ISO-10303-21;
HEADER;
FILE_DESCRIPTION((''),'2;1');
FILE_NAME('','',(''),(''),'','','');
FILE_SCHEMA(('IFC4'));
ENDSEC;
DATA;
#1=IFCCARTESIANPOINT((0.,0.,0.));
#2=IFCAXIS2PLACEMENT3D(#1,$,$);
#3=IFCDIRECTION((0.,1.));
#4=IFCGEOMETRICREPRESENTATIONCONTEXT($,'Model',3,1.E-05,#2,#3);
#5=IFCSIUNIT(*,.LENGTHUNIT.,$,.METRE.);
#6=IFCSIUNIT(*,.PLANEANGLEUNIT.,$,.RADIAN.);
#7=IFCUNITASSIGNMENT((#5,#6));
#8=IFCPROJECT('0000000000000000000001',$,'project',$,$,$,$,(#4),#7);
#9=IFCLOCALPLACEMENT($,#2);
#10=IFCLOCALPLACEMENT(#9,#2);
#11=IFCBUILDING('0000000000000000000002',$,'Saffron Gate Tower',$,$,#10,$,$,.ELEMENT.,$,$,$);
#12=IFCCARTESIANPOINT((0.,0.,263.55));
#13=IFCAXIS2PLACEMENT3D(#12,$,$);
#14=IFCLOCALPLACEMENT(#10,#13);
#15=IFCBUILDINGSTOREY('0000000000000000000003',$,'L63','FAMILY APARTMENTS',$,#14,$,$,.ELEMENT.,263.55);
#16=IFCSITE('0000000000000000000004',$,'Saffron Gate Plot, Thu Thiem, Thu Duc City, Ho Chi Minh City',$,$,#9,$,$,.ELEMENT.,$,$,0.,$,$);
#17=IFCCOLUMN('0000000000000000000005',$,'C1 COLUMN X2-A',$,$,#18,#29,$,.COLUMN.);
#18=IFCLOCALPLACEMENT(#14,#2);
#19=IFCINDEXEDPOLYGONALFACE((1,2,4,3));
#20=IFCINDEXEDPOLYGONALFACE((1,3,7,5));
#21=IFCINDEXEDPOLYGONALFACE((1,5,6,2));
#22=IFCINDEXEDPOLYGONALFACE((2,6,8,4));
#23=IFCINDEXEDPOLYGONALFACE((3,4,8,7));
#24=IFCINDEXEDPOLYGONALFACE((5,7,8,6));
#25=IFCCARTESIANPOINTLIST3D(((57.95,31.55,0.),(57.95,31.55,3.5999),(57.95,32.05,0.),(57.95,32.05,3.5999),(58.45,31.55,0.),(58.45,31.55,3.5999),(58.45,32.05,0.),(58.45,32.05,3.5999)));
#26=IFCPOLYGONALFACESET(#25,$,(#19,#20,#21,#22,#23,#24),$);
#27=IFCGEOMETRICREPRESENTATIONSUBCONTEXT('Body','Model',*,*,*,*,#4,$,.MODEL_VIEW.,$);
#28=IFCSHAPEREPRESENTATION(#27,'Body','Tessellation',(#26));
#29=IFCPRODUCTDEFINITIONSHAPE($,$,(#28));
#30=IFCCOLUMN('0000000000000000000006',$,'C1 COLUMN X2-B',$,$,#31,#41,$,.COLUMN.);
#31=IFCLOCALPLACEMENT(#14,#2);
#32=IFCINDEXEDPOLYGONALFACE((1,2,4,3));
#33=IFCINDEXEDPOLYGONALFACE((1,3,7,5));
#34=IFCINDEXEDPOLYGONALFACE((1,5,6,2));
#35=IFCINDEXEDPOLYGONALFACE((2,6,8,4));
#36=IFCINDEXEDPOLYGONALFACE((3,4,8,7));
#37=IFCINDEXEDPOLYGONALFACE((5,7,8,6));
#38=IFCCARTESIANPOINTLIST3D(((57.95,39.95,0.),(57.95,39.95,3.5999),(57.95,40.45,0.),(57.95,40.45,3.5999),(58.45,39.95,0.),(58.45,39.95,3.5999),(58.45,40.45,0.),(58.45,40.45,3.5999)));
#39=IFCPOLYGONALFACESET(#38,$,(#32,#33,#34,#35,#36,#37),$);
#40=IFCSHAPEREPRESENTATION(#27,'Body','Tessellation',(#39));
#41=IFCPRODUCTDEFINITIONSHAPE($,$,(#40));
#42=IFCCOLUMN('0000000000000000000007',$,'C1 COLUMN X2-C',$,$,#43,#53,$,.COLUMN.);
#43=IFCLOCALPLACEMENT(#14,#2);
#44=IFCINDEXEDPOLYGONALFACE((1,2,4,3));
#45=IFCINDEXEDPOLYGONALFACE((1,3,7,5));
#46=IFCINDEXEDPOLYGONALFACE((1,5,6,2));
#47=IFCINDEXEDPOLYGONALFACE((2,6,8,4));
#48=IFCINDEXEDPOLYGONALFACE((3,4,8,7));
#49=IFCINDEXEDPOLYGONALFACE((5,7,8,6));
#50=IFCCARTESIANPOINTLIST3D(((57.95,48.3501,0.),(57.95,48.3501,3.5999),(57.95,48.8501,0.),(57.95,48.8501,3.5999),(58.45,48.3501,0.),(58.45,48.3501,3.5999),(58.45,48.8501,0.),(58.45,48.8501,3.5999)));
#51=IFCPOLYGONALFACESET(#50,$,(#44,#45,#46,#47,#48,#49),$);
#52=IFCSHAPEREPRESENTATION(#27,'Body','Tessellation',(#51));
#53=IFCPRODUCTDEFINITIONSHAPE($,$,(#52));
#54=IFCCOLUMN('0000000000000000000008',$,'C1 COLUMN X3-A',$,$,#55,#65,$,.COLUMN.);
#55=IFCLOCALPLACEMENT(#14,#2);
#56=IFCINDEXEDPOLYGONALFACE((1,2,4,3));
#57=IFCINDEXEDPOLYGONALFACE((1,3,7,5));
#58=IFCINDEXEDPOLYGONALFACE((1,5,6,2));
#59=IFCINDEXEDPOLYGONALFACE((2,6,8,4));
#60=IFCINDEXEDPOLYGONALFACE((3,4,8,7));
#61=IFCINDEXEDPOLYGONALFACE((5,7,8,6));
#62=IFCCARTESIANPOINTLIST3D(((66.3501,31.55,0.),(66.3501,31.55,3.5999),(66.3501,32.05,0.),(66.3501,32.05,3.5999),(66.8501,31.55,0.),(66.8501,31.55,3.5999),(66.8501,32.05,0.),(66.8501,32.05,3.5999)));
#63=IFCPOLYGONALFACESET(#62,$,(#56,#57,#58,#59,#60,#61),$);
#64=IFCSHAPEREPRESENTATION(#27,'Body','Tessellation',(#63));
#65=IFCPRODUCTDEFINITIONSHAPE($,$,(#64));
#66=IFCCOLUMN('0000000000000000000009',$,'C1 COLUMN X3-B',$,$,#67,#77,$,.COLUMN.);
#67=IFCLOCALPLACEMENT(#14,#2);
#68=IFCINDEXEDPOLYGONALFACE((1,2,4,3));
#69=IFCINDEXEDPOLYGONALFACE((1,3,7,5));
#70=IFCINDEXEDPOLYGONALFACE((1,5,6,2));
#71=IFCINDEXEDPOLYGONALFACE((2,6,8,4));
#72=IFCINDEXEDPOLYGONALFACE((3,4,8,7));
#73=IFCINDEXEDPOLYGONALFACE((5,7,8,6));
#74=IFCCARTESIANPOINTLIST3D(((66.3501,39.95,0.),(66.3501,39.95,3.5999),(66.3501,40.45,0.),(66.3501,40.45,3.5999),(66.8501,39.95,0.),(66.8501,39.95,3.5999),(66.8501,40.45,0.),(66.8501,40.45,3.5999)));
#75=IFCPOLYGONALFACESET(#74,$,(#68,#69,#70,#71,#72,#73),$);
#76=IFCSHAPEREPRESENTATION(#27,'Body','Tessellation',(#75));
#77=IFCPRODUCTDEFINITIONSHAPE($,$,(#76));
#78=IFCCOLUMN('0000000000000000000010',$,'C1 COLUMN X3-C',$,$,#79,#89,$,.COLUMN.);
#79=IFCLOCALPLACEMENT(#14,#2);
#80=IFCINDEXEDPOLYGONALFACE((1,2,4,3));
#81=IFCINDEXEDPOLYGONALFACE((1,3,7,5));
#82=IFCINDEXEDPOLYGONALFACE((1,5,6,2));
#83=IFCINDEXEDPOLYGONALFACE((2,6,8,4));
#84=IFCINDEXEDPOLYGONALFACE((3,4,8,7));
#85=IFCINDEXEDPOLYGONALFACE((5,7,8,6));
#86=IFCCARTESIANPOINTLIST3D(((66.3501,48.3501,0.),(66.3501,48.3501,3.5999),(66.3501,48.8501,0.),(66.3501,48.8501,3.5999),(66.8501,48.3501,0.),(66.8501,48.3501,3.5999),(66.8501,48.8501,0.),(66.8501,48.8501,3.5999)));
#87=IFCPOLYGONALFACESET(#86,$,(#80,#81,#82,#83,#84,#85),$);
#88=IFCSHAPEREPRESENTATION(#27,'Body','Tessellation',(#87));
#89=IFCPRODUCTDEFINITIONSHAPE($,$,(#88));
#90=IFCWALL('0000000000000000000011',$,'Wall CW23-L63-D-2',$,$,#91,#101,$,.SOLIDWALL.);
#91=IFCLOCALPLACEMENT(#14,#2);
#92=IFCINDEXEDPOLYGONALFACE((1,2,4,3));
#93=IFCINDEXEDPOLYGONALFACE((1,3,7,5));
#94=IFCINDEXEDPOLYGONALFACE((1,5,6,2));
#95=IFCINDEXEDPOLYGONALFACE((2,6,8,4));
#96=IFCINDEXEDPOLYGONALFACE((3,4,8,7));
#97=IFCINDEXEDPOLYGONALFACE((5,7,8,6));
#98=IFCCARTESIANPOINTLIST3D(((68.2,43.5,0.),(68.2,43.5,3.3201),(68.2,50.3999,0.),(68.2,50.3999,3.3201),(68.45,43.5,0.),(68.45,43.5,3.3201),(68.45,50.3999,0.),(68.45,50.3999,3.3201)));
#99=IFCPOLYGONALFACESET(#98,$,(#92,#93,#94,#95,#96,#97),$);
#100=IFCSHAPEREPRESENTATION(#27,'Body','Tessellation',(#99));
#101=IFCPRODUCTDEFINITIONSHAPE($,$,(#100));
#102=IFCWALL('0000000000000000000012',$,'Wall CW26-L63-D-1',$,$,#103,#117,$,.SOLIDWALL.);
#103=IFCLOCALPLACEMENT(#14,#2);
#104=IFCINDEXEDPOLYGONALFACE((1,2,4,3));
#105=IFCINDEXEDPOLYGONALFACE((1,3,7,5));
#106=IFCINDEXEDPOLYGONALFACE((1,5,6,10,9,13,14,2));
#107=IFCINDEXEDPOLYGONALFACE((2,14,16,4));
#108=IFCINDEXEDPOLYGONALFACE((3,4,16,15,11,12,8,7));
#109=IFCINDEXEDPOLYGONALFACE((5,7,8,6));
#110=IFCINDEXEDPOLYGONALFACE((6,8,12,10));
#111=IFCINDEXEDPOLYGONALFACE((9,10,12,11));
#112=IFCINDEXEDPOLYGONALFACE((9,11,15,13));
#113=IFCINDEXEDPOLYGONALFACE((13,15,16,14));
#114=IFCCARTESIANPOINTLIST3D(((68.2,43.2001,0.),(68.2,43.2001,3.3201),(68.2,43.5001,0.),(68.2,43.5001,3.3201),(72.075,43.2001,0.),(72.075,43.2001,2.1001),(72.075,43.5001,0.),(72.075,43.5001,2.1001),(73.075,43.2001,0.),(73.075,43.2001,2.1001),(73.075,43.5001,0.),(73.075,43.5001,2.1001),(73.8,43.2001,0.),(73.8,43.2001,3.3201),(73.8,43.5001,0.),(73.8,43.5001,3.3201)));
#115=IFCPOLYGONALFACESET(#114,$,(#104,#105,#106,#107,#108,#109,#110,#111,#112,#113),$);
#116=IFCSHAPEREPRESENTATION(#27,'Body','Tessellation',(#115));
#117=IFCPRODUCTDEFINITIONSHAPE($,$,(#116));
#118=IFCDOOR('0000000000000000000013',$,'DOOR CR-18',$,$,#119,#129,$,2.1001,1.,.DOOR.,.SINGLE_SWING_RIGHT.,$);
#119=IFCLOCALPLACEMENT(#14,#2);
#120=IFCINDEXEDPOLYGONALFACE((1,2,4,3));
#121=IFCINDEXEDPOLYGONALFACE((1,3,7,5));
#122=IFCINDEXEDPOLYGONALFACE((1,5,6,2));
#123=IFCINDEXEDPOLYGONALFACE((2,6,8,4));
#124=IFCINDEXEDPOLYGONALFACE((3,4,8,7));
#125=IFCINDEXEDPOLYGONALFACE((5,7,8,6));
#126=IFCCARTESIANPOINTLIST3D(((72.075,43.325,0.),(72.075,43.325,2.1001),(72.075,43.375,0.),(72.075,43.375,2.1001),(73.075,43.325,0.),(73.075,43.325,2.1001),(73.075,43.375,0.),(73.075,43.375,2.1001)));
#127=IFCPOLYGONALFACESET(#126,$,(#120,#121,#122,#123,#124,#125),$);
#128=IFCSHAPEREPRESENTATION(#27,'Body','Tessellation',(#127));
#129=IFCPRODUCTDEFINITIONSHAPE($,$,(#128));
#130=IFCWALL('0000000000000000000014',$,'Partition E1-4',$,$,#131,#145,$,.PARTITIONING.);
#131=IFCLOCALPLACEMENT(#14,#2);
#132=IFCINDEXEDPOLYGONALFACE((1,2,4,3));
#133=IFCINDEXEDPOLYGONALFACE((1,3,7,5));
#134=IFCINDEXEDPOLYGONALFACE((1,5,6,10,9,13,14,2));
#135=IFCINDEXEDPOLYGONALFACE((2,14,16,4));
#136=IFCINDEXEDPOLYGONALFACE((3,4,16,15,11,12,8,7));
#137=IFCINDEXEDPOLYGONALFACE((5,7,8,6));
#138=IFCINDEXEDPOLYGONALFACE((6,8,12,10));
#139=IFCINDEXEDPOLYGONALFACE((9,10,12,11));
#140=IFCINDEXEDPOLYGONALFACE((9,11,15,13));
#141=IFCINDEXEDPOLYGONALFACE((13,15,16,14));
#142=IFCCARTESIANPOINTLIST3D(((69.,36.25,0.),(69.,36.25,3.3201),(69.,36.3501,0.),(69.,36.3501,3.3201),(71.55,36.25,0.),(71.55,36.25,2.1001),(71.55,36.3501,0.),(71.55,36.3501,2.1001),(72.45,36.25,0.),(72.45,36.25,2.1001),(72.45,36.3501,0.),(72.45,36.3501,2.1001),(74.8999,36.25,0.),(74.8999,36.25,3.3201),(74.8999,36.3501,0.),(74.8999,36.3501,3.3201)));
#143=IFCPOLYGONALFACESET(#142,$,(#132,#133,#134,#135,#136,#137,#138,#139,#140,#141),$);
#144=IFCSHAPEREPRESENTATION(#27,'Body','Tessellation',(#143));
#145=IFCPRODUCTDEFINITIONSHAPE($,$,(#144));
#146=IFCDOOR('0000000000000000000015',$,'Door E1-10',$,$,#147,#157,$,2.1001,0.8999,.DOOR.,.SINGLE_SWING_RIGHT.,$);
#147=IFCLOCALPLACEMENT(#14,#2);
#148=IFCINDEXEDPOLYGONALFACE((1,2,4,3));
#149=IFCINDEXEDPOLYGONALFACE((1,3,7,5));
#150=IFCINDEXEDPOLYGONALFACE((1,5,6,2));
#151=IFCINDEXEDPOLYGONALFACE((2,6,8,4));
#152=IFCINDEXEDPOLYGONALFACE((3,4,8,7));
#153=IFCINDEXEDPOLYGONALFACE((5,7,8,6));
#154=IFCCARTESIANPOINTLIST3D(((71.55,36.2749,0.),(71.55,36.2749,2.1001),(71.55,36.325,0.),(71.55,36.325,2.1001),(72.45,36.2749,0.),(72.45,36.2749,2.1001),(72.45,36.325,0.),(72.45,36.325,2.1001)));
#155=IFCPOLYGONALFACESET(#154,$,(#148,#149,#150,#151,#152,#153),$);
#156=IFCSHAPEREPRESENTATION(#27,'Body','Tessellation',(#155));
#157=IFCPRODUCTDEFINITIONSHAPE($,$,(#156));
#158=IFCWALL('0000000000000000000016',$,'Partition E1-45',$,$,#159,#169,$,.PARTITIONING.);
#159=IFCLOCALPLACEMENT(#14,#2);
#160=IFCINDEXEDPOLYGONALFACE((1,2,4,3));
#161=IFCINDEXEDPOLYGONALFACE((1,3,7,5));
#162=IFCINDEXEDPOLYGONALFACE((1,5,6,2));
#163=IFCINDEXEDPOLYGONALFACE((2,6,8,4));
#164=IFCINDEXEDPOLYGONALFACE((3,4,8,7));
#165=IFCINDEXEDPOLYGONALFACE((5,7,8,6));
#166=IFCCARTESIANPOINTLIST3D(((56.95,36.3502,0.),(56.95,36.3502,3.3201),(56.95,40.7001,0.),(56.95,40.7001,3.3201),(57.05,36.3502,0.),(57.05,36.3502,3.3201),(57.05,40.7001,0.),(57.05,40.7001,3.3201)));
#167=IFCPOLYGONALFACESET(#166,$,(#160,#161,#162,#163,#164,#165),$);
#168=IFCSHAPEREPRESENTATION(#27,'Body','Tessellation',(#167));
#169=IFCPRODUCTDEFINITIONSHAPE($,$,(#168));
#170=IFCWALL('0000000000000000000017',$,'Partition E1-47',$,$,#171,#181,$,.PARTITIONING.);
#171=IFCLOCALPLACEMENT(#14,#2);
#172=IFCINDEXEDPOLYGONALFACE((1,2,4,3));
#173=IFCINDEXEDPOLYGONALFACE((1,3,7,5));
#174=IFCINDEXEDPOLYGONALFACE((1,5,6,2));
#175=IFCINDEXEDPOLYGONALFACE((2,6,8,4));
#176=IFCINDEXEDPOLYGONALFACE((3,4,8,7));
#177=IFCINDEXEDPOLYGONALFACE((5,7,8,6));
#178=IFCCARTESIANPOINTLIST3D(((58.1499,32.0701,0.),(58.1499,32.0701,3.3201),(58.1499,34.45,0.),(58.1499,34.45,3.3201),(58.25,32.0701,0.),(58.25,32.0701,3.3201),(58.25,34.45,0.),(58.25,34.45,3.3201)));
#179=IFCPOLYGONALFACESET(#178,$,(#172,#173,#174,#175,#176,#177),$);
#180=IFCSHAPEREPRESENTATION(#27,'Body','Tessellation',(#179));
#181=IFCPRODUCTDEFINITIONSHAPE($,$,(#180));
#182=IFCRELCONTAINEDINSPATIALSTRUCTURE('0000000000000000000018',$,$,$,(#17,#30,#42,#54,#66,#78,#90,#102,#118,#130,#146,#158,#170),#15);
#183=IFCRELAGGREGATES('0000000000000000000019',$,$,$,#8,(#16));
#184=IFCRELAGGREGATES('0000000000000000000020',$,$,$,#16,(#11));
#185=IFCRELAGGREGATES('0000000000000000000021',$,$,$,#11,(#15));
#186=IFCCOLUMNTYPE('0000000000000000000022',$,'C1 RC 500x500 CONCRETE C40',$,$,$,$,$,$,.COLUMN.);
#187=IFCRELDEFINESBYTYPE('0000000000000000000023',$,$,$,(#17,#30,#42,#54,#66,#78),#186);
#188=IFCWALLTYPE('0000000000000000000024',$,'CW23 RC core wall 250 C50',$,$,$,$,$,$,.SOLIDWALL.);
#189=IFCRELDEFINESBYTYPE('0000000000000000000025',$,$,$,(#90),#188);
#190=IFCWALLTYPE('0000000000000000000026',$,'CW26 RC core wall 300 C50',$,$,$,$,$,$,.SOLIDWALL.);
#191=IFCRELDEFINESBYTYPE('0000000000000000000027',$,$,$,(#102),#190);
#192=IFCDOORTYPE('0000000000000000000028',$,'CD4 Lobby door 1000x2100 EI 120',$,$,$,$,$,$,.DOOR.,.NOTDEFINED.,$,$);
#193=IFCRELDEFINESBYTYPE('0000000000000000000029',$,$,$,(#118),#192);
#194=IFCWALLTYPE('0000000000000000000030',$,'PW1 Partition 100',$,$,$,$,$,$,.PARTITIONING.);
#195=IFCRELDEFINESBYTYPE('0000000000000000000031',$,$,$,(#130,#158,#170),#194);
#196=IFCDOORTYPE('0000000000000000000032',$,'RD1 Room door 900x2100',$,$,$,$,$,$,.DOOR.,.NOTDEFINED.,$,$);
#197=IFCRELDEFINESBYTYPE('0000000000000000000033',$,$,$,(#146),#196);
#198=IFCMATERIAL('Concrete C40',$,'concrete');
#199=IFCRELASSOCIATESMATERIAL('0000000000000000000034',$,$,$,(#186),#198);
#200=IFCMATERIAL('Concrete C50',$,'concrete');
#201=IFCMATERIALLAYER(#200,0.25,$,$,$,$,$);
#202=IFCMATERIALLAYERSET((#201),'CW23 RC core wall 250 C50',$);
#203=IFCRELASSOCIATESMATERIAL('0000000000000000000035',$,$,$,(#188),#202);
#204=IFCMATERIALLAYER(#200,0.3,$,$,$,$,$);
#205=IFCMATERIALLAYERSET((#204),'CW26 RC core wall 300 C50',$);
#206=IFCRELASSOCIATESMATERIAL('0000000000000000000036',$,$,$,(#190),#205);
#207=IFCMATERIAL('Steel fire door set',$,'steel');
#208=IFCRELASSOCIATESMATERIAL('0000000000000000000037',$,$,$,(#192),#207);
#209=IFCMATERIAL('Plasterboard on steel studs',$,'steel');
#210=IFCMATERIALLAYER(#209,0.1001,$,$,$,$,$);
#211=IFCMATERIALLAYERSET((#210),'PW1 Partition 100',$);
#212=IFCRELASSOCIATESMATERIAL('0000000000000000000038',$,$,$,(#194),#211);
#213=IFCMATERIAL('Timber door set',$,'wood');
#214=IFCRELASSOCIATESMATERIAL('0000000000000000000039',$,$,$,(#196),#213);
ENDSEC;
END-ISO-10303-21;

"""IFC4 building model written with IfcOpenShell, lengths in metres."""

from ifc_helpers import new_model, si_unit, direction, frame, frame_2d, origin, origin_2d, place, context, subcontext, project, spatial, rectangle, extrude, material, layer, layer_set, material_profile, profile_set, type_object, element, fill, save


model = new_model("IFC4")

# Units and contexts
model_context = context("Model", 3, precision=1e-05, world=origin(), true_north=direction((0.0, 1.0)))
body_context = subcontext(model_context, "Body", "Model", "MODEL_VIEW")
ifc_project = project(units=[si_unit("LENGTHUNIT", "METRE"), si_unit("PLANEANGLEUNIT", "RADIAN")], contexts=[model_context])

# Site, building, storey
site_placement = place(None, origin())
site = spatial("IfcSite", under=ifc_project, at=site_placement, Name="Saffron Gate Plot, Thu Thiem, Thu Duc City, Ho Chi Minh City", CompositionType="ELEMENT", RefElevation=0.0)
building_placement = place(site_placement, origin())
building = spatial("IfcBuilding", under=site, at=building_placement, Name="Saffron Gate Tower", CompositionType="ELEMENT")
storey_placement = place(building_placement, frame((0.0, 0.0, 263.55)))
storey = spatial("IfcBuildingStorey", under=building, at=storey_placement, Name="L63", Description="FAMILY APARTMENTS", CompositionType="ELEMENT", Elevation=263.55)

# Columns
ifc_material_1 = material(Name="Concrete C40", Category="concrete")
ifc_material_profile = material_profile(ifc_material_1, rectangle(XDim=0.5, YDim=0.5, at=origin_2d()))
ifc_profile_set = profile_set([ifc_material_profile], Name="Concrete C40")
column_type = type_object("IfcColumnType", Name="C1 RC 500x500 CONCRETE C40", PredefinedType="COLUMN", material=ifc_profile_set)
for number, where, z_axis, x_axis, name in (
    (1, (58.2, 31.8, 0.0), (0.0, 0.0, 1.0), (1.0, 0.0, 0.0), "C1 COLUMN X2-A"),
    (2, (58.2, 40.2, 0.0), (0.0, 0.0, 1.0), (1.0, 0.0, 0.0), "C1 COLUMN X2-B"),
    (3, (58.2, 48.6001, 0.0), (0.0, 0.0, 1.0), (1.0, 0.0, 0.0), "C1 COLUMN X2-C"),
    (4, (66.6001, 31.8, 0.0), (0.0, 0.0, 1.0), (1.0, 0.0, 0.0), "C1 COLUMN X3-A"),
    (5, (66.6001, 40.2, 0.0), (0.0, 0.0, 1.0), (1.0, 0.0, 0.0), "C1 COLUMN X3-B"),
    (6, (66.6001, 48.6001, 0.0), (0.0, 0.0, 1.0), (1.0, 0.0, 0.0), "C1 COLUMN X3-C"),
):
    element("IfcColumn", number, at=place(storey_placement, frame(where, z_axis=z_axis, x_axis=x_axis)), inside=storey, type_object=column_type, Name=name, PredefinedType="COLUMN", context=body_context, shape_type="SweptSolid", body=[
        extrude(rectangle(XDim=0.5, YDim=0.5, at=origin_2d()), origin(), (0.0, 0.0, 1.0), 3.5999),
    ])

# Wall
ifc_material_2 = material(Name="Concrete C50", Category="concrete")
ifc_layer_1 = layer(ifc_material_2, 0.25)
ifc_layer_set_1 = layer_set([ifc_layer_1], Name="CW23 RC core wall 250 C50")
wall_type_1 = type_object("IfcWallType", Name="CW23 RC core wall 250 C50", PredefinedType="SOLIDWALL", material=ifc_layer_set_1)
wall_1_placement = place(storey_placement, frame((68.325, 43.5, 0.0), z_axis=(0.0, 0.0, 1.0), x_axis=(0.0, 1.0, 0.0)))
element("IfcWall", 7, at=wall_1_placement, inside=storey, type_object=wall_type_1, Name="Wall CW23-L63-D-2", PredefinedType="SOLIDWALL", context=body_context, shape_type="SweptSolid", body=[
    extrude(rectangle(XDim=6.8999, YDim=0.25, at=frame_2d((3.45, 0.0))), origin(), (0.0, 0.0, 1.0), 3.3201),
])

# Walls, openings, doors
ifc_layer_2 = layer(ifc_material_2, 0.3)
ifc_layer_set_2 = layer_set([ifc_layer_2], Name="CW26 RC core wall 300 C50")
wall_type_2 = type_object("IfcWallType", Name="CW26 RC core wall 300 C50", PredefinedType="SOLIDWALL", material=ifc_layer_set_2)
wall_2_placement = place(storey_placement, frame((68.2, 43.3501, 0.0), z_axis=(0.0, 0.0, 1.0), x_axis=(1.0, 0.0, 0.0)))
wall_2 = element("IfcWall", 8, at=wall_2_placement, inside=storey, type_object=wall_type_2, Name="Wall CW26-L63-D-1", PredefinedType="SOLIDWALL", context=body_context, shape_type="SweptSolid", body=[
    extrude(rectangle(XDim=5.6001, YDim=0.3, at=frame_2d((2.8, 0.0))), origin(), (0.0, 0.0, 1.0), 3.3201),
])
opening_1_placement = place(wall_2_placement, frame((3.875, 0.0, 0.0)))
opening_1 = element("IfcOpeningElement", 9, at=opening_1_placement, cuts=wall_2, PredefinedType="OPENING", context=body_context, shape_type="SweptSolid", body=[
    extrude(rectangle(XDim=1.0, YDim=2.1001, at=frame_2d((0.5, 1.05))), frame((0.0, 0.1602, 0.0), z_axis=(0.0, -1.0, 0.0), x_axis=(1.0, 0.0, 0.0)), (0.0, 0.0, 1.0), 0.3201),
])
ifc_material_3 = material(Name="Steel fire door set", Category="steel")
door_type_1 = type_object("IfcDoorType", Name="CD4 Lobby door 1000x2100 EI 120", OperationType="NOTDEFINED", PredefinedType="DOOR", material=ifc_material_3)
door_1_placement = place(opening_1_placement, origin())
door_1 = element("IfcDoor", 10, at=door_1_placement, inside=storey, type_object=door_type_1, Name="DOOR CR-18", OperationType="SINGLE_SWING_RIGHT", OverallHeight=2.1001, OverallWidth=1.0, PredefinedType="DOOR", context=body_context, shape_type="SweptSolid", body=[
    extrude(rectangle(XDim=1.0, YDim=2.1001, at=frame_2d((0.5, 1.05))), frame((0.0, 0.0249, 0.0), z_axis=(0.0, -1.0, 0.0), x_axis=(1.0, 0.0, 0.0)), (0.0, 0.0, 1.0), 0.05),
])
fill(opening_1, door_1)
ifc_material_4 = material(Name="Plasterboard on steel studs", Category="steel")
ifc_layer_3 = layer(ifc_material_4, 0.1001)
ifc_layer_set_3 = layer_set([ifc_layer_3], Name="PW1 Partition 100")
wall_type_3 = type_object("IfcWallType", Name="PW1 Partition 100", PredefinedType="PARTITIONING", material=ifc_layer_set_3)
wall_3_placement = place(storey_placement, frame((69.0, 36.3, 0.0), z_axis=(0.0, 0.0, 1.0), x_axis=(1.0, 0.0, 0.0)))
wall_3 = element("IfcWall", 11, at=wall_3_placement, inside=storey, type_object=wall_type_3, Name="Partition E1-4", PredefinedType="PARTITIONING", context=body_context, shape_type="SweptSolid", body=[
    extrude(rectangle(XDim=5.8999, YDim=0.1001, at=frame_2d((2.95, 0.0))), origin(), (0.0, 0.0, 1.0), 3.3201),
])
opening_2_placement = place(wall_3_placement, frame((2.55, 0.0, 0.0)))
opening_2 = element("IfcOpeningElement", 12, at=opening_2_placement, cuts=wall_3, PredefinedType="OPENING", context=body_context, shape_type="SweptSolid", body=[
    extrude(rectangle(XDim=0.8999, YDim=2.1001, at=frame_2d((0.45, 1.05))), frame((0.0, 0.0601, 0.0), z_axis=(0.0, -1.0, 0.0), x_axis=(1.0, 0.0, 0.0)), (0.0, 0.0, 1.0), 0.1201),
])
ifc_material_5 = material(Name="Timber door set", Category="wood")
door_type_2 = type_object("IfcDoorType", Name="RD1 Room door 900x2100", OperationType="NOTDEFINED", PredefinedType="DOOR", material=ifc_material_5)
door_2_placement = place(opening_2_placement, origin())
door_2 = element("IfcDoor", 13, at=door_2_placement, inside=storey, type_object=door_type_2, Name="Door E1-10", OperationType="SINGLE_SWING_RIGHT", OverallHeight=2.1001, OverallWidth=0.8999, PredefinedType="DOOR", context=body_context, shape_type="SweptSolid", body=[
    extrude(rectangle(XDim=0.8999, YDim=2.1001, at=frame_2d((0.45, 1.05))), frame((0.0, 0.0249, 0.0), z_axis=(0.0, -1.0, 0.0), x_axis=(1.0, 0.0, 0.0)), (0.0, 0.0, 1.0), 0.05),
])
fill(opening_2, door_2)

# Walls
wall_4_placement = place(storey_placement, frame((57.0, 40.7, 0.0), z_axis=(0.0, 0.0, 1.0), x_axis=(0.0, -1.0, 0.0)))
element("IfcWall", 14, at=wall_4_placement, inside=storey, type_object=wall_type_3, Name="Partition E1-45", PredefinedType="PARTITIONING", context=body_context, shape_type="SweptSolid", body=[
    extrude(rectangle(XDim=4.3499, YDim=0.1001, at=frame_2d((2.1748, 0.0))), origin(), (0.0, 0.0, 1.0), 3.3201),
])
wall_5_placement = place(storey_placement, frame((58.2, 34.45, 0.0), z_axis=(0.0, 0.0, 1.0), x_axis=(0.0, -1.0, 0.0)))
element("IfcWall", 15, at=wall_5_placement, inside=storey, type_object=wall_type_3, Name="Partition E1-47", PredefinedType="PARTITIONING", context=body_context, shape_type="SweptSolid", body=[
    extrude(rectangle(XDim=2.3799, YDim=0.1001, at=frame_2d((1.1899, 0.0))), origin(), (0.0, 0.0, 1.0), 3.3201),
])

save(model, "model.ifc")
